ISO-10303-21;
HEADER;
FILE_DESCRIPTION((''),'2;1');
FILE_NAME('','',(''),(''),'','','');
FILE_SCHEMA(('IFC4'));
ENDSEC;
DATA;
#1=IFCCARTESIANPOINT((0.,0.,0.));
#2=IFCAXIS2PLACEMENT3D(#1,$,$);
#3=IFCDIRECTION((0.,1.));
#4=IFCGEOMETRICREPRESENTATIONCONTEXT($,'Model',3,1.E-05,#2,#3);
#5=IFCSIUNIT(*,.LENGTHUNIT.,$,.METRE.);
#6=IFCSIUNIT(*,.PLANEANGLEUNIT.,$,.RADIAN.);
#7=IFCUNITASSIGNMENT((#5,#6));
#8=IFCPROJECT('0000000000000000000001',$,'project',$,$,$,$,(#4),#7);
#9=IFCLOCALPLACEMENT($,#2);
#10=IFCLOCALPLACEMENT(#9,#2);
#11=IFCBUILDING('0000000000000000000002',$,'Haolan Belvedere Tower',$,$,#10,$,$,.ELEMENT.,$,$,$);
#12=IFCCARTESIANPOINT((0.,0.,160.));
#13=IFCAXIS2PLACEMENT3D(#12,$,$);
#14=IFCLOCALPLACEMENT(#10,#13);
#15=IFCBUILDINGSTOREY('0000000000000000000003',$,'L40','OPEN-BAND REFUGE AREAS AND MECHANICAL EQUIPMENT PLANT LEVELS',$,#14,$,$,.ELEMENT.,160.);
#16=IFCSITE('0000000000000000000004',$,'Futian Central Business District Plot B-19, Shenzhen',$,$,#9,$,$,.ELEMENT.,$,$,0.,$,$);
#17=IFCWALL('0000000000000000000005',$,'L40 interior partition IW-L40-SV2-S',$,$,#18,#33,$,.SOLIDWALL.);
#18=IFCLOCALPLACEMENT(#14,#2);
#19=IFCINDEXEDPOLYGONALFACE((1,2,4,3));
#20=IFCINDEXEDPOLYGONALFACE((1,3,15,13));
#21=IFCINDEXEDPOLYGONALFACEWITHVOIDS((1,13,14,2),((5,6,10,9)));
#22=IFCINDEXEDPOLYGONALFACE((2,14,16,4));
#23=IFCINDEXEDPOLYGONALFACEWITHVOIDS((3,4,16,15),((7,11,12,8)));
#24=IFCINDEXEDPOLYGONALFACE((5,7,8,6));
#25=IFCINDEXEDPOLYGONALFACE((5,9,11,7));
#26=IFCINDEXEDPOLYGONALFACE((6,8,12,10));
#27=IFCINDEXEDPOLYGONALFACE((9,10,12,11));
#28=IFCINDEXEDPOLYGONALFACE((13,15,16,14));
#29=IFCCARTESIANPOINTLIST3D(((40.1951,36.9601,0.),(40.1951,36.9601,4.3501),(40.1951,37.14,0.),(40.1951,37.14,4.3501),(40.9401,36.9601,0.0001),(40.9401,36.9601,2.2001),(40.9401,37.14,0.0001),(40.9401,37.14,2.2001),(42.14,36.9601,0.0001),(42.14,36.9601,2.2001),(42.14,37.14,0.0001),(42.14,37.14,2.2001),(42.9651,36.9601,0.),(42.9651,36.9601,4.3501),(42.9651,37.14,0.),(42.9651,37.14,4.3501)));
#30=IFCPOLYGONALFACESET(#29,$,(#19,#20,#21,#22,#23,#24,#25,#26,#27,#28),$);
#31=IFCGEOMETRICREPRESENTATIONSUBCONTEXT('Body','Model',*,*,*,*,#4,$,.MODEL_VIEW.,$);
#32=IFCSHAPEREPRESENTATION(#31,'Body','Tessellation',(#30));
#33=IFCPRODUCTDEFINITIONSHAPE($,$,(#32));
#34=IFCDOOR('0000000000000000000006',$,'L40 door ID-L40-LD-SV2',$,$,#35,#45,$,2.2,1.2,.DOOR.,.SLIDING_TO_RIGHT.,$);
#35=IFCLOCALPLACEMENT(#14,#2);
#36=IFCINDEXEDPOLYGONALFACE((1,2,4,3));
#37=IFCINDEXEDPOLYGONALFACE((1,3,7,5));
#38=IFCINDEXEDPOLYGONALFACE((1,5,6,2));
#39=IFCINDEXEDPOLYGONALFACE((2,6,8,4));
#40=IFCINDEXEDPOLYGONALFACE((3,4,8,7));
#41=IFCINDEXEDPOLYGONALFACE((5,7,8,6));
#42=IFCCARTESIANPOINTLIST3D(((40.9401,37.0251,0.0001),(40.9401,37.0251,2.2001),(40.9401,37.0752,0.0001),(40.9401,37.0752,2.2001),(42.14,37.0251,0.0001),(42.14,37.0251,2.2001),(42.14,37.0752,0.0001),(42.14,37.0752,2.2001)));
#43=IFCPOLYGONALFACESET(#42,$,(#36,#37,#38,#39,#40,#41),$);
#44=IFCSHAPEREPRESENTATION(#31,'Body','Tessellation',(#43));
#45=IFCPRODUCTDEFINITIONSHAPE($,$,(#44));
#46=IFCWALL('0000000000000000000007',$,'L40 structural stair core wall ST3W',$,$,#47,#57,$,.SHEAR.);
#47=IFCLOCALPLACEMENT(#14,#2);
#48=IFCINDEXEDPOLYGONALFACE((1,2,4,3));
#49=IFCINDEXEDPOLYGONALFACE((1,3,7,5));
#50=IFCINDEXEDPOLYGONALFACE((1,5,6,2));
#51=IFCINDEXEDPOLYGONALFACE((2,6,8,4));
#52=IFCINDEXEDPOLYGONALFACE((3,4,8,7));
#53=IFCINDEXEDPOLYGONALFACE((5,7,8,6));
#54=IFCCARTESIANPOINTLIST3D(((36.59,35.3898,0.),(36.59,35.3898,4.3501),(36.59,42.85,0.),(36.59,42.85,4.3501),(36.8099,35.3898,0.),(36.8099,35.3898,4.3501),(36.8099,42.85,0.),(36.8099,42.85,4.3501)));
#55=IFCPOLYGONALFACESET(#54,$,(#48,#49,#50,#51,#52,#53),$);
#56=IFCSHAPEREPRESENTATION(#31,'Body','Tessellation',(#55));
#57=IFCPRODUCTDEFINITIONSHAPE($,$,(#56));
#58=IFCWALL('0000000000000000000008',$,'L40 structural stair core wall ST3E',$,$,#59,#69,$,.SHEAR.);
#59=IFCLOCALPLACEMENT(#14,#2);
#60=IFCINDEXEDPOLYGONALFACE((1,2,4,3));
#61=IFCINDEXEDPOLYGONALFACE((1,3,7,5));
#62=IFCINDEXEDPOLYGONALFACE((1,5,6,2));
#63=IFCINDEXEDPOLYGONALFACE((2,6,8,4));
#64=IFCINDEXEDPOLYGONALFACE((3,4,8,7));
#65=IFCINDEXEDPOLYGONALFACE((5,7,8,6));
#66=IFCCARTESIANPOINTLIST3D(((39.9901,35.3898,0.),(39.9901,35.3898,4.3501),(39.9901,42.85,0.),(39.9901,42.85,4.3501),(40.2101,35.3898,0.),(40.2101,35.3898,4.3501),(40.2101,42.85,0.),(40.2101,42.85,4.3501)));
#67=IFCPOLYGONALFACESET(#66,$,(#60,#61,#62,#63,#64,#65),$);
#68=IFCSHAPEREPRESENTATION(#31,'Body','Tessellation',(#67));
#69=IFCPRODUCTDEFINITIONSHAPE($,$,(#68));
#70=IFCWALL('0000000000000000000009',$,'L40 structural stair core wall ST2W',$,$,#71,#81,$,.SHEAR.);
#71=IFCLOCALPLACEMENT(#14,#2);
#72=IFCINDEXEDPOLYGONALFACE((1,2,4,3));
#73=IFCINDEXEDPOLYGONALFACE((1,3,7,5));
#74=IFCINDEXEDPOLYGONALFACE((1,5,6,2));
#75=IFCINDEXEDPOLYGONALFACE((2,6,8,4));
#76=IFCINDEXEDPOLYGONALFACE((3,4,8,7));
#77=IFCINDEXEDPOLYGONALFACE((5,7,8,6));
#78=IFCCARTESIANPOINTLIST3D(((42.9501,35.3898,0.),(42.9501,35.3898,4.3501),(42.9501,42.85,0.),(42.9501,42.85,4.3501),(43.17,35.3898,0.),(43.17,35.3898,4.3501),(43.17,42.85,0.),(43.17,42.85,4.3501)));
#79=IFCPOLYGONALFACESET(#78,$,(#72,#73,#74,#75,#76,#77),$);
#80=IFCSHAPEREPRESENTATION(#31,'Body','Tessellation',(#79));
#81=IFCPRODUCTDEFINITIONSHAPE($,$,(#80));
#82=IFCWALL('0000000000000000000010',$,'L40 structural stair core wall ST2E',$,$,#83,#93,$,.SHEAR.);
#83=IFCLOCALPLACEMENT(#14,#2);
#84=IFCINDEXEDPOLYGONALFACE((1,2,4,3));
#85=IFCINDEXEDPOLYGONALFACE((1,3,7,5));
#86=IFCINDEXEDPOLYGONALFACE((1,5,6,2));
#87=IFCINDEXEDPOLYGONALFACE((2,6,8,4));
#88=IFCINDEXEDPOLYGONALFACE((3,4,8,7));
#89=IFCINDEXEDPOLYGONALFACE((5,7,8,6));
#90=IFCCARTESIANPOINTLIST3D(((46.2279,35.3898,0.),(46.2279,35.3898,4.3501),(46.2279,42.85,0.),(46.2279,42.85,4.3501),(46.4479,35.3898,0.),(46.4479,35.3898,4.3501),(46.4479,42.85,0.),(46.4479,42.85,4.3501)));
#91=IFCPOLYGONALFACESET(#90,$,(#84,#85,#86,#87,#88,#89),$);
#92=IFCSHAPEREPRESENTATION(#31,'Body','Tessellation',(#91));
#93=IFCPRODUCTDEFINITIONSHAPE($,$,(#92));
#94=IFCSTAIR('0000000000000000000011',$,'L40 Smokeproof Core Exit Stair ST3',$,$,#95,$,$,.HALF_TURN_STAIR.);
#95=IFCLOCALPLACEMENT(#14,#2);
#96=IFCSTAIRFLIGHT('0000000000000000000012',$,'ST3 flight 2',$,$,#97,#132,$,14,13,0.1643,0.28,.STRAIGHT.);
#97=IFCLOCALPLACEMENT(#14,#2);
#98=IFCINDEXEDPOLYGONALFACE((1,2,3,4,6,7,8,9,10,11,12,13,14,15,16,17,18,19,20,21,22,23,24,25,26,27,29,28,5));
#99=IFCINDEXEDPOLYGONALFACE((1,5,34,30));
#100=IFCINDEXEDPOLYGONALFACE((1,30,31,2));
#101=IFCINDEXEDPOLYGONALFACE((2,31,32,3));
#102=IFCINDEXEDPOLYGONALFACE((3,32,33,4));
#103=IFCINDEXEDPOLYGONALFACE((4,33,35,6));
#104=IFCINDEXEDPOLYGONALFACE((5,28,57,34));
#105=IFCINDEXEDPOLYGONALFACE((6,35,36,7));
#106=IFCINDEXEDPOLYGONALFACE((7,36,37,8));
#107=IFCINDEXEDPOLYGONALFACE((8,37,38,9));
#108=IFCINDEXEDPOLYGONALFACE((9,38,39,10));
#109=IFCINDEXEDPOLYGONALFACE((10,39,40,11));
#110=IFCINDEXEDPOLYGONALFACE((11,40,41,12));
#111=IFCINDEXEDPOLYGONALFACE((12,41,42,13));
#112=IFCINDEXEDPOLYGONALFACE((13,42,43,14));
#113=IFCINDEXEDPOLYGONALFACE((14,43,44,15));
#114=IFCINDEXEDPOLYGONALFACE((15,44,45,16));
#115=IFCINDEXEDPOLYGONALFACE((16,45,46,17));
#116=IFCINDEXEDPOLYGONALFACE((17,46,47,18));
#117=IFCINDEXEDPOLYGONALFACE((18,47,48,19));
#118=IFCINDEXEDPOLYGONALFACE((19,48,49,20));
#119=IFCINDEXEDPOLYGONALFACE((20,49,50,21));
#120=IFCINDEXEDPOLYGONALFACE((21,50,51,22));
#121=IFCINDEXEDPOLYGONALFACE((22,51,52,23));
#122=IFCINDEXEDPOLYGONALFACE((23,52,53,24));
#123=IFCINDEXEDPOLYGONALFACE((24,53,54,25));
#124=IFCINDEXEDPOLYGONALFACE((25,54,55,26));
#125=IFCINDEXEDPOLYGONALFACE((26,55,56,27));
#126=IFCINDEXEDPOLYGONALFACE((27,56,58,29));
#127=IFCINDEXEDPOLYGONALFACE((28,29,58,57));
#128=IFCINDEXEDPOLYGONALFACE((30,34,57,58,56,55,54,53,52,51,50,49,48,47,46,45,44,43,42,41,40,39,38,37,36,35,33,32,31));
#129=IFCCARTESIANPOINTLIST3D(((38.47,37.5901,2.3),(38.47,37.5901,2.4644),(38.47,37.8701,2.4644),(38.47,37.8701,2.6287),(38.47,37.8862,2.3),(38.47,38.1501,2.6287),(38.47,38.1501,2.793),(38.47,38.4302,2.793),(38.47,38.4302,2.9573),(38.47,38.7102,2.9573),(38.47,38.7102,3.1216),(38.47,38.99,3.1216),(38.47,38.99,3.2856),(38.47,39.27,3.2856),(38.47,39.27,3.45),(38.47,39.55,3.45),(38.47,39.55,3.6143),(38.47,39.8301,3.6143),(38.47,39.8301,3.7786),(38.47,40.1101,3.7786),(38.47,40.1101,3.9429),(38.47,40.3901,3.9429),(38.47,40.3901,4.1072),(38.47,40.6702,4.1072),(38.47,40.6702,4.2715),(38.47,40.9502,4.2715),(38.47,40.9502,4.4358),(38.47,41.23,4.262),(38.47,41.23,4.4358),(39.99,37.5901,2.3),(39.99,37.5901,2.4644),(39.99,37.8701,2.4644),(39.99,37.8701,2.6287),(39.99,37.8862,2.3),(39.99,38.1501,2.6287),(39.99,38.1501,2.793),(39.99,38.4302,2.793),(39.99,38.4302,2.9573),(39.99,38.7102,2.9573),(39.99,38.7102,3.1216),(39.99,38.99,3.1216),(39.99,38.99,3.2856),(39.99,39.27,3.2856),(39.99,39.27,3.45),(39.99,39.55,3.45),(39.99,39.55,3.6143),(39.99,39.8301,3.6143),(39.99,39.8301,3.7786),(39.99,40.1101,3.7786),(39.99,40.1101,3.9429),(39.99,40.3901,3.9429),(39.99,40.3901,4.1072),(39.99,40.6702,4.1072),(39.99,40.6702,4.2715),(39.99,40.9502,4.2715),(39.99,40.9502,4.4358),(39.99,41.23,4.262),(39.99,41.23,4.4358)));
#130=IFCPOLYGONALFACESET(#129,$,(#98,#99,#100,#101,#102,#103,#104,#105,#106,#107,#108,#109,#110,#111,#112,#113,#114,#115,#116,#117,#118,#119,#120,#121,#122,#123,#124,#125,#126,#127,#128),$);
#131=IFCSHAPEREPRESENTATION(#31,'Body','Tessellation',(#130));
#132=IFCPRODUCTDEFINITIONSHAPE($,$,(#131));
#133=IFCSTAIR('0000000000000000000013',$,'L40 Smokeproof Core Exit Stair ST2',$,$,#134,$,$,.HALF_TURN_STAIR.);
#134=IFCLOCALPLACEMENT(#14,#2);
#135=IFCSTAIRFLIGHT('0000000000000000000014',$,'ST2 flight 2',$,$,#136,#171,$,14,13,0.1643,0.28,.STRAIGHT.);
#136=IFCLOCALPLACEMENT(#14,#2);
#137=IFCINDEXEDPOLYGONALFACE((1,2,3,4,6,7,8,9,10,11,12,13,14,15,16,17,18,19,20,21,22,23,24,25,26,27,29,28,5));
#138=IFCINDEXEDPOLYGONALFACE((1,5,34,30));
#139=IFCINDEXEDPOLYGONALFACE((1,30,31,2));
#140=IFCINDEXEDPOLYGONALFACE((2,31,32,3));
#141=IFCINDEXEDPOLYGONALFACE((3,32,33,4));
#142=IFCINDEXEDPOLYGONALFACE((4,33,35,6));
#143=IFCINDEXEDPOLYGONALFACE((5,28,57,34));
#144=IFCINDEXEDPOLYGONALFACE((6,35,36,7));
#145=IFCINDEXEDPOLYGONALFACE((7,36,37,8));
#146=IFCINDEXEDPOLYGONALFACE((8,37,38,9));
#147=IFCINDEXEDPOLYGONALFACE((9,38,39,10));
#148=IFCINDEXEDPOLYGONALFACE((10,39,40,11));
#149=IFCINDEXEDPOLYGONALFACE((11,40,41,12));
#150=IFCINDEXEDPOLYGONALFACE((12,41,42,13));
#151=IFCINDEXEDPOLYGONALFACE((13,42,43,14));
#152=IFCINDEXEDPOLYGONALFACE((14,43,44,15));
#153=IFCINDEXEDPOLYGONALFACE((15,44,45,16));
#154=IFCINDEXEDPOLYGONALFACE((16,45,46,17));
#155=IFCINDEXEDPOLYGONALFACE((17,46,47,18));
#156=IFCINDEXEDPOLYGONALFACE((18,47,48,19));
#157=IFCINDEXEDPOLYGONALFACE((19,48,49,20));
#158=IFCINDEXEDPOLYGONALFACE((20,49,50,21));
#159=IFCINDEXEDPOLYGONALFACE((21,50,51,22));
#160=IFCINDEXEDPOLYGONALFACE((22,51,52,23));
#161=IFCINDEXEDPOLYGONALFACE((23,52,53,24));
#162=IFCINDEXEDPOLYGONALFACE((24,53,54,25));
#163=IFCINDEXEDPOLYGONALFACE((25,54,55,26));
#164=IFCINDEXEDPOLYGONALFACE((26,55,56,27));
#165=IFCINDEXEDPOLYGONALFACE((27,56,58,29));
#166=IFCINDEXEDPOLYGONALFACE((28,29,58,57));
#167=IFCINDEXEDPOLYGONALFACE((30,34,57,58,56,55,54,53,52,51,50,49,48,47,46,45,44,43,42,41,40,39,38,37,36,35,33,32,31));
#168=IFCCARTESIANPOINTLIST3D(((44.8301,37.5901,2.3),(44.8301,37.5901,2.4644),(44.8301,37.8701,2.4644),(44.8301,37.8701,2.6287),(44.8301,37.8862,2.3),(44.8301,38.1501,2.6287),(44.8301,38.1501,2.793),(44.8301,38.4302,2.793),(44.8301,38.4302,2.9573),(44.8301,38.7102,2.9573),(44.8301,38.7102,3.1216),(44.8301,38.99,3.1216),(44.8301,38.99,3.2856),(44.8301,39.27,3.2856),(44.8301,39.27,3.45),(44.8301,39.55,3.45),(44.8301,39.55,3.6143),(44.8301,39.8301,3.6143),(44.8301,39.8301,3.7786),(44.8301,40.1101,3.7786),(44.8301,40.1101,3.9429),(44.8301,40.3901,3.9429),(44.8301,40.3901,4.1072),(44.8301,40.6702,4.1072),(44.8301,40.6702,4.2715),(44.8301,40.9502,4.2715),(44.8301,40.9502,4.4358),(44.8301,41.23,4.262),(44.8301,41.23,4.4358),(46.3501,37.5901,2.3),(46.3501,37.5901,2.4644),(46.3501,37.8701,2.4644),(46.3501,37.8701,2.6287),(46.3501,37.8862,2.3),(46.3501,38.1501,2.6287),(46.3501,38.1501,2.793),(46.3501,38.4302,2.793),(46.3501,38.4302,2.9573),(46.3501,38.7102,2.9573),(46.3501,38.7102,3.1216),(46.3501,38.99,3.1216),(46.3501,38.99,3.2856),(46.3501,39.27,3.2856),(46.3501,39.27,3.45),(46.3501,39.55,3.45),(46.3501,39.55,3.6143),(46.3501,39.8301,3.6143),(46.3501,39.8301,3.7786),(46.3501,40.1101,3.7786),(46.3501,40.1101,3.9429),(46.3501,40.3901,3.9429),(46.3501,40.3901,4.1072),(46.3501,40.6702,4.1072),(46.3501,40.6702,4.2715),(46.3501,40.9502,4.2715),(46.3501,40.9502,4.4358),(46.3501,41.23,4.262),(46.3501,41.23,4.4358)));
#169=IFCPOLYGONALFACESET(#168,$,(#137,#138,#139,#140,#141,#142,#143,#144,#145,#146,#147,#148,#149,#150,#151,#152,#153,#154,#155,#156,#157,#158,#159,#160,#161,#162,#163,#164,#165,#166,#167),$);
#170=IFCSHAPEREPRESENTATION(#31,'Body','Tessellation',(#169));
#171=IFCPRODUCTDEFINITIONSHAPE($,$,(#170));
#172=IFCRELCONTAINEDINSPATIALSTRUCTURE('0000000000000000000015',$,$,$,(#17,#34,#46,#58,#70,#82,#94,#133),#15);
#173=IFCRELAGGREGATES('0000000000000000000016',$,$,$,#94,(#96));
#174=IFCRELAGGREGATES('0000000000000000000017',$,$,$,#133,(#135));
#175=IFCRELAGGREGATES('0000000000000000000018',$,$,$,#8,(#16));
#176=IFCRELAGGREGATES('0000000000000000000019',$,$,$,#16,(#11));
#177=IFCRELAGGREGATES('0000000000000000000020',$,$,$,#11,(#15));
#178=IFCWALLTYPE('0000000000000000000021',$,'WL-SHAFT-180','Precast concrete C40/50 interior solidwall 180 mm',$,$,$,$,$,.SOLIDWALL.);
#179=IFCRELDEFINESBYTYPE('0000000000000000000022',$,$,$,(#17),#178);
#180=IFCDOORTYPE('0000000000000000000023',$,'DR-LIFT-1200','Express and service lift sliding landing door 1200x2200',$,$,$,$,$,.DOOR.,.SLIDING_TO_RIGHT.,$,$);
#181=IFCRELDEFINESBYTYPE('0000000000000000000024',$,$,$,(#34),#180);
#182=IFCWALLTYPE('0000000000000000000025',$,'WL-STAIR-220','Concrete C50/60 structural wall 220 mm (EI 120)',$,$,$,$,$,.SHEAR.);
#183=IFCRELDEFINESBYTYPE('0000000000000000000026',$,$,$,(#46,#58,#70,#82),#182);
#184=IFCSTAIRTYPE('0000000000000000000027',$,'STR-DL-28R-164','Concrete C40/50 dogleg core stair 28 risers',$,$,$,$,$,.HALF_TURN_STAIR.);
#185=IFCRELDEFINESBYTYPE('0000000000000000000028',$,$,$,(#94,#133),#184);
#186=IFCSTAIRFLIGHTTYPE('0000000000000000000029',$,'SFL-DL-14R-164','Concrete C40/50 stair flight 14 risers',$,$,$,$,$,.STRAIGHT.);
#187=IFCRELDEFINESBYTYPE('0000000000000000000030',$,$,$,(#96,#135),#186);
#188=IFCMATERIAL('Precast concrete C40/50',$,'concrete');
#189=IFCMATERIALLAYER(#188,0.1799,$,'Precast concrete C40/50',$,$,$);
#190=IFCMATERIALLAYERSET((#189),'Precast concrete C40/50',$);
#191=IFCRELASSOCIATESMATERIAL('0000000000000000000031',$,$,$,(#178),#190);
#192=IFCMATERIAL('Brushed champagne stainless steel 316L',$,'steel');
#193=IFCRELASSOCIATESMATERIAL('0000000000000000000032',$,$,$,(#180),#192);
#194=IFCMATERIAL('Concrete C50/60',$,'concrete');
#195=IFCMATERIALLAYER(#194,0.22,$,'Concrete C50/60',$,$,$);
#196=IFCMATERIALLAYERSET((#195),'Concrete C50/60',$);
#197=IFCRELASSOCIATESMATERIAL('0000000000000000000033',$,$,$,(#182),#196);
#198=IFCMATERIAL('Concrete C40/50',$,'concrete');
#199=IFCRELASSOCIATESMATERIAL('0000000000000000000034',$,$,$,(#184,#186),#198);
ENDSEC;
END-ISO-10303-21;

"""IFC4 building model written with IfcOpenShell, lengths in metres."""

from ifc_helpers import new_model, si_unit, direction, frame, frame_2d, origin, place, context, subcontext, project, spatial, polyline, rectangle, outline, extrude, material, layer, layer_set, type_object, element, fill, aggregate, save


model = new_model("IFC4")

# Units and contexts
model_context = context("Model", 3, precision=1e-05, world=origin(), true_north=direction((0.0, 1.0)))
body_context = subcontext(model_context, "Body", "Model", "MODEL_VIEW")
ifc_project = project(units=[si_unit("LENGTHUNIT", "METRE"), si_unit("PLANEANGLEUNIT", "RADIAN")], contexts=[model_context])

# Site, building, storey
site_placement = place(None, origin())
site = spatial("IfcSite", under=ifc_project, at=site_placement, Name="Futian Central Business District Plot B-19, Shenzhen", CompositionType="ELEMENT", RefElevation=0.0)
building_placement = place(site_placement, origin())
building = spatial("IfcBuilding", under=site, at=building_placement, Name="Haolan Belvedere Tower", CompositionType="ELEMENT")
storey_placement = place(building_placement, frame((0.0, 0.0, 160.0)))
storey = spatial("IfcBuildingStorey", under=building, at=storey_placement, Name="L40", Description="OPEN-BAND REFUGE AREAS AND MECHANICAL EQUIPMENT PLANT LEVELS", CompositionType="ELEMENT", Elevation=160.0)

# Shared definitions
ifc_material_1 = material(Name="Concrete C40/50", Category="concrete")

# Shared definitions
ifc_material_2 = material(Name="Precast concrete C40/50", Category="concrete")
ifc_layer_1 = layer(ifc_material_2, 0.1799, Name="Precast concrete C40/50")
ifc_layer_set_1 = layer_set([ifc_layer_1], Name="Precast concrete C40/50")
wall_type_1 = type_object("IfcWallType", Name="WL-SHAFT-180", Description="Precast concrete C40/50 interior solidwall 180 mm", PredefinedType="SOLIDWALL", material=ifc_layer_set_1)

# Wall, opening, door
wall_1_placement = place(storey_placement, frame((40.1951, 37.05, 0.0), z_axis=(0.0, 0.0, 1.0), x_axis=(1.0, 0.0, 0.0)))
wall_1 = element("IfcWall", 1, at=wall_1_placement, inside=storey, type_object=wall_type_1, Name="L40 interior partition IW-L40-SV2-S", PredefinedType="SOLIDWALL", context=body_context, shape_type="SweptSolid", body=[
    extrude(rectangle(XDim=2.77, YDim=0.1799, at=frame_2d((1.385, 0.0))), origin(), (0.0, 0.0, 1.0), 4.3501),
])
opening_1_placement = place(wall_1_placement, frame((1.9451, 0.0, 0.0), z_axis=(0.0, 0.0, 1.0), x_axis=(-1.0, 0.0, 0.0)))
opening_1 = element("IfcOpeningElement", 2, at=opening_1_placement, cuts=wall_1, PredefinedType="OPENING", context=body_context, shape_type="SweptSolid", body=[
    extrude(rectangle(XDim=1.2, YDim=2.2, at=frame_2d((0.6001, 1.1001))), frame((0.0, 0.0999, 0.0), z_axis=(0.0, -1.0, 0.0), x_axis=(1.0, 0.0, 0.0)), (0.0, 0.0, 1.0), 0.2),
])
ifc_material_3 = material(Name="Brushed champagne stainless steel 316L", Category="steel")
door_type_1 = type_object("IfcDoorType", Name="DR-LIFT-1200", Description="Express and service lift sliding landing door 1200x2200", OperationType="SLIDING_TO_RIGHT", PredefinedType="DOOR", material=ifc_material_3)
door_1_placement = place(opening_1_placement, origin())
door_1 = element("IfcDoor", 3, at=door_1_placement, inside=storey, type_object=door_type_1, Name="L40 door ID-L40-LD-SV2", OperationType="SLIDING_TO_RIGHT", OverallHeight=2.2, OverallWidth=1.2, PredefinedType="DOOR", context=body_context, shape_type="SweptSolid", body=[
    extrude(rectangle(XDim=1.2, YDim=2.2, at=frame_2d((0.6001, 1.1001))), frame((0.0, 0.0249, 0.0), z_axis=(0.0, -1.0, 0.0), x_axis=(1.0, 0.0, 0.0)), (0.0, 0.0, 1.0), 0.05),
])
fill(opening_1, door_1)

# Walls
ifc_material_4 = material(Name="Concrete C50/60", Category="concrete")
ifc_layer_2 = layer(ifc_material_4, 0.22, Name="Concrete C50/60")
ifc_layer_set_2 = layer_set([ifc_layer_2], Name="Concrete C50/60")
wall_type_2 = type_object("IfcWallType", Name="WL-STAIR-220", Description="Concrete C50/60 structural wall 220 mm (EI 120)", PredefinedType="SHEAR", material=ifc_layer_set_2)
for number, where, z_axis, x_axis, name in (
    (4, (36.7, 35.3899, 0.0), (0.0, 0.0, 1.0), (0.0, 1.0, 0.0), "L40 structural stair core wall ST3W"),
    (5, (40.1001, 35.3899, 0.0), (0.0, 0.0, 1.0), (0.0, 1.0, 0.0), "L40 structural stair core wall ST3E"),
    (6, (43.0601, 35.3899, 0.0), (0.0, 0.0, 1.0), (0.0, 1.0, 0.0), "L40 structural stair core wall ST2W"),
    (7, (46.3379, 35.3899, 0.0), (0.0, 0.0, 1.0), (0.0, 1.0, 0.0), "L40 structural stair core wall ST2E"),
):
    element("IfcWall", number, at=place(storey_placement, frame(where, z_axis=z_axis, x_axis=x_axis)), inside=storey, type_object=wall_type_2, Name=name, PredefinedType="SHEAR", context=body_context, shape_type="SweptSolid", body=[
        extrude(rectangle(XDim=7.4602, YDim=0.22, at=frame_2d((3.73, 0.0))), origin(), (0.0, 0.0, 1.0), 4.3501),
    ])

# Stairs, stair flights
stair_type = type_object("IfcStairType", Name="STR-DL-28R-164", Description="Concrete C40/50 dogleg core stair 28 risers", PredefinedType="HALF_TURN_STAIR", material=ifc_material_1)
stair_1_placement = place(storey_placement, origin())
stair_1 = element("IfcStair", 8, at=stair_1_placement, inside=storey, type_object=stair_type, Name="L40 Smokeproof Core Exit Stair ST3", PredefinedType="HALF_TURN_STAIR")
stair_flight_type = type_object("IfcStairFlightType", Name="SFL-DL-14R-164", Description="Concrete C40/50 stair flight 14 risers", PredefinedType="STRAIGHT", material=ifc_material_1)
stair_flight_1_placement = place(storey_placement, frame((39.23, 37.5901, 2.3), z_axis=(0.0, 0.0, 1.0), x_axis=(0.0, 1.0, 0.0)))
stair_flight_1 = element("IfcStairFlight", 9, at=stair_flight_1_placement, type_object=stair_flight_type, Name="ST3 flight 2", NumberOfRisers=14, NumberOfTreads=13, PredefinedType="STRAIGHT", RiserHeight=0.1643, TreadLength=0.28, context=body_context, shape_type="SweptSolid", body=[
    extrude(outline(polyline([(0.0, 0.0), (0.0, 0.1643), (0.28, 0.1643), (0.28, 0.3286), (0.5601, 0.3286), (0.5601, 0.4929), (0.8401, 0.4929), (0.8401, 0.6572), (1.1201, 0.6572), (1.1201, 0.8215), (1.3999, 0.8215), (1.3999, 0.9856), (1.6799, 0.9856), (1.6799, 1.1499), (1.96, 1.1499), (1.96, 1.3142), (2.24, 1.3142), (2.24, 1.4785), (2.52, 1.4785), (2.52, 1.6428), (2.8, 1.6428), (2.8, 1.8071), (3.0801, 1.8071), (3.0801, 1.9714), (3.3601, 1.9714), (3.3601, 2.1357), (3.6399, 2.1357), (3.6399, 2.3), (3.6399, 1.9619), (0.2961, 0.0), (0.0, 0.0)])), frame((0.0, 0.76, 0.0), z_axis=(0.0, -1.0, 0.0), x_axis=(1.0, 0.0, 0.0)), (0.0, 0.0, 1.0), 1.52),
])
aggregate(stair_1, [stair_flight_1])
stair_2_placement = place(storey_placement, origin())
stair_2 = element("IfcStair", 10, at=stair_2_placement, inside=storey, type_object=stair_type, Name="L40 Smokeproof Core Exit Stair ST2", PredefinedType="HALF_TURN_STAIR")
stair_flight_2_placement = place(storey_placement, frame((45.5901, 37.5901, 2.3), z_axis=(0.0, 0.0, 1.0), x_axis=(0.0, 1.0, 0.0)))
stair_flight_2 = element("IfcStairFlight", 11, at=stair_flight_2_placement, type_object=stair_flight_type, Name="ST2 flight 2", NumberOfRisers=14, NumberOfTreads=13, PredefinedType="STRAIGHT", RiserHeight=0.1643, TreadLength=0.28, context=body_context, shape_type="SweptSolid", body=[
    extrude(outline(polyline([(0.0, 0.0), (0.0, 0.1643), (0.28, 0.1643), (0.28, 0.3286), (0.5601, 0.3286), (0.5601, 0.4929), (0.8401, 0.4929), (0.8401, 0.6572), (1.1201, 0.6572), (1.1201, 0.8215), (1.3999, 0.8215), (1.3999, 0.9856), (1.6799, 0.9856), (1.6799, 1.1499), (1.96, 1.1499), (1.96, 1.3142), (2.24, 1.3142), (2.24, 1.4785), (2.52, 1.4785), (2.52, 1.6428), (2.8, 1.6428), (2.8, 1.8071), (3.0801, 1.8071), (3.0801, 1.9714), (3.3601, 1.9714), (3.3601, 2.1357), (3.6399, 2.1357), (3.6399, 2.3), (3.6399, 1.9619), (0.2961, 0.0), (0.0, 0.0)])), frame((0.0, 0.76, 0.0), z_axis=(0.0, -1.0, 0.0), x_axis=(1.0, 0.0, 0.0)), (0.0, 0.0, 1.0), 1.52),
])
aggregate(stair_2, [stair_flight_2])

save(model, "model.ifc")
